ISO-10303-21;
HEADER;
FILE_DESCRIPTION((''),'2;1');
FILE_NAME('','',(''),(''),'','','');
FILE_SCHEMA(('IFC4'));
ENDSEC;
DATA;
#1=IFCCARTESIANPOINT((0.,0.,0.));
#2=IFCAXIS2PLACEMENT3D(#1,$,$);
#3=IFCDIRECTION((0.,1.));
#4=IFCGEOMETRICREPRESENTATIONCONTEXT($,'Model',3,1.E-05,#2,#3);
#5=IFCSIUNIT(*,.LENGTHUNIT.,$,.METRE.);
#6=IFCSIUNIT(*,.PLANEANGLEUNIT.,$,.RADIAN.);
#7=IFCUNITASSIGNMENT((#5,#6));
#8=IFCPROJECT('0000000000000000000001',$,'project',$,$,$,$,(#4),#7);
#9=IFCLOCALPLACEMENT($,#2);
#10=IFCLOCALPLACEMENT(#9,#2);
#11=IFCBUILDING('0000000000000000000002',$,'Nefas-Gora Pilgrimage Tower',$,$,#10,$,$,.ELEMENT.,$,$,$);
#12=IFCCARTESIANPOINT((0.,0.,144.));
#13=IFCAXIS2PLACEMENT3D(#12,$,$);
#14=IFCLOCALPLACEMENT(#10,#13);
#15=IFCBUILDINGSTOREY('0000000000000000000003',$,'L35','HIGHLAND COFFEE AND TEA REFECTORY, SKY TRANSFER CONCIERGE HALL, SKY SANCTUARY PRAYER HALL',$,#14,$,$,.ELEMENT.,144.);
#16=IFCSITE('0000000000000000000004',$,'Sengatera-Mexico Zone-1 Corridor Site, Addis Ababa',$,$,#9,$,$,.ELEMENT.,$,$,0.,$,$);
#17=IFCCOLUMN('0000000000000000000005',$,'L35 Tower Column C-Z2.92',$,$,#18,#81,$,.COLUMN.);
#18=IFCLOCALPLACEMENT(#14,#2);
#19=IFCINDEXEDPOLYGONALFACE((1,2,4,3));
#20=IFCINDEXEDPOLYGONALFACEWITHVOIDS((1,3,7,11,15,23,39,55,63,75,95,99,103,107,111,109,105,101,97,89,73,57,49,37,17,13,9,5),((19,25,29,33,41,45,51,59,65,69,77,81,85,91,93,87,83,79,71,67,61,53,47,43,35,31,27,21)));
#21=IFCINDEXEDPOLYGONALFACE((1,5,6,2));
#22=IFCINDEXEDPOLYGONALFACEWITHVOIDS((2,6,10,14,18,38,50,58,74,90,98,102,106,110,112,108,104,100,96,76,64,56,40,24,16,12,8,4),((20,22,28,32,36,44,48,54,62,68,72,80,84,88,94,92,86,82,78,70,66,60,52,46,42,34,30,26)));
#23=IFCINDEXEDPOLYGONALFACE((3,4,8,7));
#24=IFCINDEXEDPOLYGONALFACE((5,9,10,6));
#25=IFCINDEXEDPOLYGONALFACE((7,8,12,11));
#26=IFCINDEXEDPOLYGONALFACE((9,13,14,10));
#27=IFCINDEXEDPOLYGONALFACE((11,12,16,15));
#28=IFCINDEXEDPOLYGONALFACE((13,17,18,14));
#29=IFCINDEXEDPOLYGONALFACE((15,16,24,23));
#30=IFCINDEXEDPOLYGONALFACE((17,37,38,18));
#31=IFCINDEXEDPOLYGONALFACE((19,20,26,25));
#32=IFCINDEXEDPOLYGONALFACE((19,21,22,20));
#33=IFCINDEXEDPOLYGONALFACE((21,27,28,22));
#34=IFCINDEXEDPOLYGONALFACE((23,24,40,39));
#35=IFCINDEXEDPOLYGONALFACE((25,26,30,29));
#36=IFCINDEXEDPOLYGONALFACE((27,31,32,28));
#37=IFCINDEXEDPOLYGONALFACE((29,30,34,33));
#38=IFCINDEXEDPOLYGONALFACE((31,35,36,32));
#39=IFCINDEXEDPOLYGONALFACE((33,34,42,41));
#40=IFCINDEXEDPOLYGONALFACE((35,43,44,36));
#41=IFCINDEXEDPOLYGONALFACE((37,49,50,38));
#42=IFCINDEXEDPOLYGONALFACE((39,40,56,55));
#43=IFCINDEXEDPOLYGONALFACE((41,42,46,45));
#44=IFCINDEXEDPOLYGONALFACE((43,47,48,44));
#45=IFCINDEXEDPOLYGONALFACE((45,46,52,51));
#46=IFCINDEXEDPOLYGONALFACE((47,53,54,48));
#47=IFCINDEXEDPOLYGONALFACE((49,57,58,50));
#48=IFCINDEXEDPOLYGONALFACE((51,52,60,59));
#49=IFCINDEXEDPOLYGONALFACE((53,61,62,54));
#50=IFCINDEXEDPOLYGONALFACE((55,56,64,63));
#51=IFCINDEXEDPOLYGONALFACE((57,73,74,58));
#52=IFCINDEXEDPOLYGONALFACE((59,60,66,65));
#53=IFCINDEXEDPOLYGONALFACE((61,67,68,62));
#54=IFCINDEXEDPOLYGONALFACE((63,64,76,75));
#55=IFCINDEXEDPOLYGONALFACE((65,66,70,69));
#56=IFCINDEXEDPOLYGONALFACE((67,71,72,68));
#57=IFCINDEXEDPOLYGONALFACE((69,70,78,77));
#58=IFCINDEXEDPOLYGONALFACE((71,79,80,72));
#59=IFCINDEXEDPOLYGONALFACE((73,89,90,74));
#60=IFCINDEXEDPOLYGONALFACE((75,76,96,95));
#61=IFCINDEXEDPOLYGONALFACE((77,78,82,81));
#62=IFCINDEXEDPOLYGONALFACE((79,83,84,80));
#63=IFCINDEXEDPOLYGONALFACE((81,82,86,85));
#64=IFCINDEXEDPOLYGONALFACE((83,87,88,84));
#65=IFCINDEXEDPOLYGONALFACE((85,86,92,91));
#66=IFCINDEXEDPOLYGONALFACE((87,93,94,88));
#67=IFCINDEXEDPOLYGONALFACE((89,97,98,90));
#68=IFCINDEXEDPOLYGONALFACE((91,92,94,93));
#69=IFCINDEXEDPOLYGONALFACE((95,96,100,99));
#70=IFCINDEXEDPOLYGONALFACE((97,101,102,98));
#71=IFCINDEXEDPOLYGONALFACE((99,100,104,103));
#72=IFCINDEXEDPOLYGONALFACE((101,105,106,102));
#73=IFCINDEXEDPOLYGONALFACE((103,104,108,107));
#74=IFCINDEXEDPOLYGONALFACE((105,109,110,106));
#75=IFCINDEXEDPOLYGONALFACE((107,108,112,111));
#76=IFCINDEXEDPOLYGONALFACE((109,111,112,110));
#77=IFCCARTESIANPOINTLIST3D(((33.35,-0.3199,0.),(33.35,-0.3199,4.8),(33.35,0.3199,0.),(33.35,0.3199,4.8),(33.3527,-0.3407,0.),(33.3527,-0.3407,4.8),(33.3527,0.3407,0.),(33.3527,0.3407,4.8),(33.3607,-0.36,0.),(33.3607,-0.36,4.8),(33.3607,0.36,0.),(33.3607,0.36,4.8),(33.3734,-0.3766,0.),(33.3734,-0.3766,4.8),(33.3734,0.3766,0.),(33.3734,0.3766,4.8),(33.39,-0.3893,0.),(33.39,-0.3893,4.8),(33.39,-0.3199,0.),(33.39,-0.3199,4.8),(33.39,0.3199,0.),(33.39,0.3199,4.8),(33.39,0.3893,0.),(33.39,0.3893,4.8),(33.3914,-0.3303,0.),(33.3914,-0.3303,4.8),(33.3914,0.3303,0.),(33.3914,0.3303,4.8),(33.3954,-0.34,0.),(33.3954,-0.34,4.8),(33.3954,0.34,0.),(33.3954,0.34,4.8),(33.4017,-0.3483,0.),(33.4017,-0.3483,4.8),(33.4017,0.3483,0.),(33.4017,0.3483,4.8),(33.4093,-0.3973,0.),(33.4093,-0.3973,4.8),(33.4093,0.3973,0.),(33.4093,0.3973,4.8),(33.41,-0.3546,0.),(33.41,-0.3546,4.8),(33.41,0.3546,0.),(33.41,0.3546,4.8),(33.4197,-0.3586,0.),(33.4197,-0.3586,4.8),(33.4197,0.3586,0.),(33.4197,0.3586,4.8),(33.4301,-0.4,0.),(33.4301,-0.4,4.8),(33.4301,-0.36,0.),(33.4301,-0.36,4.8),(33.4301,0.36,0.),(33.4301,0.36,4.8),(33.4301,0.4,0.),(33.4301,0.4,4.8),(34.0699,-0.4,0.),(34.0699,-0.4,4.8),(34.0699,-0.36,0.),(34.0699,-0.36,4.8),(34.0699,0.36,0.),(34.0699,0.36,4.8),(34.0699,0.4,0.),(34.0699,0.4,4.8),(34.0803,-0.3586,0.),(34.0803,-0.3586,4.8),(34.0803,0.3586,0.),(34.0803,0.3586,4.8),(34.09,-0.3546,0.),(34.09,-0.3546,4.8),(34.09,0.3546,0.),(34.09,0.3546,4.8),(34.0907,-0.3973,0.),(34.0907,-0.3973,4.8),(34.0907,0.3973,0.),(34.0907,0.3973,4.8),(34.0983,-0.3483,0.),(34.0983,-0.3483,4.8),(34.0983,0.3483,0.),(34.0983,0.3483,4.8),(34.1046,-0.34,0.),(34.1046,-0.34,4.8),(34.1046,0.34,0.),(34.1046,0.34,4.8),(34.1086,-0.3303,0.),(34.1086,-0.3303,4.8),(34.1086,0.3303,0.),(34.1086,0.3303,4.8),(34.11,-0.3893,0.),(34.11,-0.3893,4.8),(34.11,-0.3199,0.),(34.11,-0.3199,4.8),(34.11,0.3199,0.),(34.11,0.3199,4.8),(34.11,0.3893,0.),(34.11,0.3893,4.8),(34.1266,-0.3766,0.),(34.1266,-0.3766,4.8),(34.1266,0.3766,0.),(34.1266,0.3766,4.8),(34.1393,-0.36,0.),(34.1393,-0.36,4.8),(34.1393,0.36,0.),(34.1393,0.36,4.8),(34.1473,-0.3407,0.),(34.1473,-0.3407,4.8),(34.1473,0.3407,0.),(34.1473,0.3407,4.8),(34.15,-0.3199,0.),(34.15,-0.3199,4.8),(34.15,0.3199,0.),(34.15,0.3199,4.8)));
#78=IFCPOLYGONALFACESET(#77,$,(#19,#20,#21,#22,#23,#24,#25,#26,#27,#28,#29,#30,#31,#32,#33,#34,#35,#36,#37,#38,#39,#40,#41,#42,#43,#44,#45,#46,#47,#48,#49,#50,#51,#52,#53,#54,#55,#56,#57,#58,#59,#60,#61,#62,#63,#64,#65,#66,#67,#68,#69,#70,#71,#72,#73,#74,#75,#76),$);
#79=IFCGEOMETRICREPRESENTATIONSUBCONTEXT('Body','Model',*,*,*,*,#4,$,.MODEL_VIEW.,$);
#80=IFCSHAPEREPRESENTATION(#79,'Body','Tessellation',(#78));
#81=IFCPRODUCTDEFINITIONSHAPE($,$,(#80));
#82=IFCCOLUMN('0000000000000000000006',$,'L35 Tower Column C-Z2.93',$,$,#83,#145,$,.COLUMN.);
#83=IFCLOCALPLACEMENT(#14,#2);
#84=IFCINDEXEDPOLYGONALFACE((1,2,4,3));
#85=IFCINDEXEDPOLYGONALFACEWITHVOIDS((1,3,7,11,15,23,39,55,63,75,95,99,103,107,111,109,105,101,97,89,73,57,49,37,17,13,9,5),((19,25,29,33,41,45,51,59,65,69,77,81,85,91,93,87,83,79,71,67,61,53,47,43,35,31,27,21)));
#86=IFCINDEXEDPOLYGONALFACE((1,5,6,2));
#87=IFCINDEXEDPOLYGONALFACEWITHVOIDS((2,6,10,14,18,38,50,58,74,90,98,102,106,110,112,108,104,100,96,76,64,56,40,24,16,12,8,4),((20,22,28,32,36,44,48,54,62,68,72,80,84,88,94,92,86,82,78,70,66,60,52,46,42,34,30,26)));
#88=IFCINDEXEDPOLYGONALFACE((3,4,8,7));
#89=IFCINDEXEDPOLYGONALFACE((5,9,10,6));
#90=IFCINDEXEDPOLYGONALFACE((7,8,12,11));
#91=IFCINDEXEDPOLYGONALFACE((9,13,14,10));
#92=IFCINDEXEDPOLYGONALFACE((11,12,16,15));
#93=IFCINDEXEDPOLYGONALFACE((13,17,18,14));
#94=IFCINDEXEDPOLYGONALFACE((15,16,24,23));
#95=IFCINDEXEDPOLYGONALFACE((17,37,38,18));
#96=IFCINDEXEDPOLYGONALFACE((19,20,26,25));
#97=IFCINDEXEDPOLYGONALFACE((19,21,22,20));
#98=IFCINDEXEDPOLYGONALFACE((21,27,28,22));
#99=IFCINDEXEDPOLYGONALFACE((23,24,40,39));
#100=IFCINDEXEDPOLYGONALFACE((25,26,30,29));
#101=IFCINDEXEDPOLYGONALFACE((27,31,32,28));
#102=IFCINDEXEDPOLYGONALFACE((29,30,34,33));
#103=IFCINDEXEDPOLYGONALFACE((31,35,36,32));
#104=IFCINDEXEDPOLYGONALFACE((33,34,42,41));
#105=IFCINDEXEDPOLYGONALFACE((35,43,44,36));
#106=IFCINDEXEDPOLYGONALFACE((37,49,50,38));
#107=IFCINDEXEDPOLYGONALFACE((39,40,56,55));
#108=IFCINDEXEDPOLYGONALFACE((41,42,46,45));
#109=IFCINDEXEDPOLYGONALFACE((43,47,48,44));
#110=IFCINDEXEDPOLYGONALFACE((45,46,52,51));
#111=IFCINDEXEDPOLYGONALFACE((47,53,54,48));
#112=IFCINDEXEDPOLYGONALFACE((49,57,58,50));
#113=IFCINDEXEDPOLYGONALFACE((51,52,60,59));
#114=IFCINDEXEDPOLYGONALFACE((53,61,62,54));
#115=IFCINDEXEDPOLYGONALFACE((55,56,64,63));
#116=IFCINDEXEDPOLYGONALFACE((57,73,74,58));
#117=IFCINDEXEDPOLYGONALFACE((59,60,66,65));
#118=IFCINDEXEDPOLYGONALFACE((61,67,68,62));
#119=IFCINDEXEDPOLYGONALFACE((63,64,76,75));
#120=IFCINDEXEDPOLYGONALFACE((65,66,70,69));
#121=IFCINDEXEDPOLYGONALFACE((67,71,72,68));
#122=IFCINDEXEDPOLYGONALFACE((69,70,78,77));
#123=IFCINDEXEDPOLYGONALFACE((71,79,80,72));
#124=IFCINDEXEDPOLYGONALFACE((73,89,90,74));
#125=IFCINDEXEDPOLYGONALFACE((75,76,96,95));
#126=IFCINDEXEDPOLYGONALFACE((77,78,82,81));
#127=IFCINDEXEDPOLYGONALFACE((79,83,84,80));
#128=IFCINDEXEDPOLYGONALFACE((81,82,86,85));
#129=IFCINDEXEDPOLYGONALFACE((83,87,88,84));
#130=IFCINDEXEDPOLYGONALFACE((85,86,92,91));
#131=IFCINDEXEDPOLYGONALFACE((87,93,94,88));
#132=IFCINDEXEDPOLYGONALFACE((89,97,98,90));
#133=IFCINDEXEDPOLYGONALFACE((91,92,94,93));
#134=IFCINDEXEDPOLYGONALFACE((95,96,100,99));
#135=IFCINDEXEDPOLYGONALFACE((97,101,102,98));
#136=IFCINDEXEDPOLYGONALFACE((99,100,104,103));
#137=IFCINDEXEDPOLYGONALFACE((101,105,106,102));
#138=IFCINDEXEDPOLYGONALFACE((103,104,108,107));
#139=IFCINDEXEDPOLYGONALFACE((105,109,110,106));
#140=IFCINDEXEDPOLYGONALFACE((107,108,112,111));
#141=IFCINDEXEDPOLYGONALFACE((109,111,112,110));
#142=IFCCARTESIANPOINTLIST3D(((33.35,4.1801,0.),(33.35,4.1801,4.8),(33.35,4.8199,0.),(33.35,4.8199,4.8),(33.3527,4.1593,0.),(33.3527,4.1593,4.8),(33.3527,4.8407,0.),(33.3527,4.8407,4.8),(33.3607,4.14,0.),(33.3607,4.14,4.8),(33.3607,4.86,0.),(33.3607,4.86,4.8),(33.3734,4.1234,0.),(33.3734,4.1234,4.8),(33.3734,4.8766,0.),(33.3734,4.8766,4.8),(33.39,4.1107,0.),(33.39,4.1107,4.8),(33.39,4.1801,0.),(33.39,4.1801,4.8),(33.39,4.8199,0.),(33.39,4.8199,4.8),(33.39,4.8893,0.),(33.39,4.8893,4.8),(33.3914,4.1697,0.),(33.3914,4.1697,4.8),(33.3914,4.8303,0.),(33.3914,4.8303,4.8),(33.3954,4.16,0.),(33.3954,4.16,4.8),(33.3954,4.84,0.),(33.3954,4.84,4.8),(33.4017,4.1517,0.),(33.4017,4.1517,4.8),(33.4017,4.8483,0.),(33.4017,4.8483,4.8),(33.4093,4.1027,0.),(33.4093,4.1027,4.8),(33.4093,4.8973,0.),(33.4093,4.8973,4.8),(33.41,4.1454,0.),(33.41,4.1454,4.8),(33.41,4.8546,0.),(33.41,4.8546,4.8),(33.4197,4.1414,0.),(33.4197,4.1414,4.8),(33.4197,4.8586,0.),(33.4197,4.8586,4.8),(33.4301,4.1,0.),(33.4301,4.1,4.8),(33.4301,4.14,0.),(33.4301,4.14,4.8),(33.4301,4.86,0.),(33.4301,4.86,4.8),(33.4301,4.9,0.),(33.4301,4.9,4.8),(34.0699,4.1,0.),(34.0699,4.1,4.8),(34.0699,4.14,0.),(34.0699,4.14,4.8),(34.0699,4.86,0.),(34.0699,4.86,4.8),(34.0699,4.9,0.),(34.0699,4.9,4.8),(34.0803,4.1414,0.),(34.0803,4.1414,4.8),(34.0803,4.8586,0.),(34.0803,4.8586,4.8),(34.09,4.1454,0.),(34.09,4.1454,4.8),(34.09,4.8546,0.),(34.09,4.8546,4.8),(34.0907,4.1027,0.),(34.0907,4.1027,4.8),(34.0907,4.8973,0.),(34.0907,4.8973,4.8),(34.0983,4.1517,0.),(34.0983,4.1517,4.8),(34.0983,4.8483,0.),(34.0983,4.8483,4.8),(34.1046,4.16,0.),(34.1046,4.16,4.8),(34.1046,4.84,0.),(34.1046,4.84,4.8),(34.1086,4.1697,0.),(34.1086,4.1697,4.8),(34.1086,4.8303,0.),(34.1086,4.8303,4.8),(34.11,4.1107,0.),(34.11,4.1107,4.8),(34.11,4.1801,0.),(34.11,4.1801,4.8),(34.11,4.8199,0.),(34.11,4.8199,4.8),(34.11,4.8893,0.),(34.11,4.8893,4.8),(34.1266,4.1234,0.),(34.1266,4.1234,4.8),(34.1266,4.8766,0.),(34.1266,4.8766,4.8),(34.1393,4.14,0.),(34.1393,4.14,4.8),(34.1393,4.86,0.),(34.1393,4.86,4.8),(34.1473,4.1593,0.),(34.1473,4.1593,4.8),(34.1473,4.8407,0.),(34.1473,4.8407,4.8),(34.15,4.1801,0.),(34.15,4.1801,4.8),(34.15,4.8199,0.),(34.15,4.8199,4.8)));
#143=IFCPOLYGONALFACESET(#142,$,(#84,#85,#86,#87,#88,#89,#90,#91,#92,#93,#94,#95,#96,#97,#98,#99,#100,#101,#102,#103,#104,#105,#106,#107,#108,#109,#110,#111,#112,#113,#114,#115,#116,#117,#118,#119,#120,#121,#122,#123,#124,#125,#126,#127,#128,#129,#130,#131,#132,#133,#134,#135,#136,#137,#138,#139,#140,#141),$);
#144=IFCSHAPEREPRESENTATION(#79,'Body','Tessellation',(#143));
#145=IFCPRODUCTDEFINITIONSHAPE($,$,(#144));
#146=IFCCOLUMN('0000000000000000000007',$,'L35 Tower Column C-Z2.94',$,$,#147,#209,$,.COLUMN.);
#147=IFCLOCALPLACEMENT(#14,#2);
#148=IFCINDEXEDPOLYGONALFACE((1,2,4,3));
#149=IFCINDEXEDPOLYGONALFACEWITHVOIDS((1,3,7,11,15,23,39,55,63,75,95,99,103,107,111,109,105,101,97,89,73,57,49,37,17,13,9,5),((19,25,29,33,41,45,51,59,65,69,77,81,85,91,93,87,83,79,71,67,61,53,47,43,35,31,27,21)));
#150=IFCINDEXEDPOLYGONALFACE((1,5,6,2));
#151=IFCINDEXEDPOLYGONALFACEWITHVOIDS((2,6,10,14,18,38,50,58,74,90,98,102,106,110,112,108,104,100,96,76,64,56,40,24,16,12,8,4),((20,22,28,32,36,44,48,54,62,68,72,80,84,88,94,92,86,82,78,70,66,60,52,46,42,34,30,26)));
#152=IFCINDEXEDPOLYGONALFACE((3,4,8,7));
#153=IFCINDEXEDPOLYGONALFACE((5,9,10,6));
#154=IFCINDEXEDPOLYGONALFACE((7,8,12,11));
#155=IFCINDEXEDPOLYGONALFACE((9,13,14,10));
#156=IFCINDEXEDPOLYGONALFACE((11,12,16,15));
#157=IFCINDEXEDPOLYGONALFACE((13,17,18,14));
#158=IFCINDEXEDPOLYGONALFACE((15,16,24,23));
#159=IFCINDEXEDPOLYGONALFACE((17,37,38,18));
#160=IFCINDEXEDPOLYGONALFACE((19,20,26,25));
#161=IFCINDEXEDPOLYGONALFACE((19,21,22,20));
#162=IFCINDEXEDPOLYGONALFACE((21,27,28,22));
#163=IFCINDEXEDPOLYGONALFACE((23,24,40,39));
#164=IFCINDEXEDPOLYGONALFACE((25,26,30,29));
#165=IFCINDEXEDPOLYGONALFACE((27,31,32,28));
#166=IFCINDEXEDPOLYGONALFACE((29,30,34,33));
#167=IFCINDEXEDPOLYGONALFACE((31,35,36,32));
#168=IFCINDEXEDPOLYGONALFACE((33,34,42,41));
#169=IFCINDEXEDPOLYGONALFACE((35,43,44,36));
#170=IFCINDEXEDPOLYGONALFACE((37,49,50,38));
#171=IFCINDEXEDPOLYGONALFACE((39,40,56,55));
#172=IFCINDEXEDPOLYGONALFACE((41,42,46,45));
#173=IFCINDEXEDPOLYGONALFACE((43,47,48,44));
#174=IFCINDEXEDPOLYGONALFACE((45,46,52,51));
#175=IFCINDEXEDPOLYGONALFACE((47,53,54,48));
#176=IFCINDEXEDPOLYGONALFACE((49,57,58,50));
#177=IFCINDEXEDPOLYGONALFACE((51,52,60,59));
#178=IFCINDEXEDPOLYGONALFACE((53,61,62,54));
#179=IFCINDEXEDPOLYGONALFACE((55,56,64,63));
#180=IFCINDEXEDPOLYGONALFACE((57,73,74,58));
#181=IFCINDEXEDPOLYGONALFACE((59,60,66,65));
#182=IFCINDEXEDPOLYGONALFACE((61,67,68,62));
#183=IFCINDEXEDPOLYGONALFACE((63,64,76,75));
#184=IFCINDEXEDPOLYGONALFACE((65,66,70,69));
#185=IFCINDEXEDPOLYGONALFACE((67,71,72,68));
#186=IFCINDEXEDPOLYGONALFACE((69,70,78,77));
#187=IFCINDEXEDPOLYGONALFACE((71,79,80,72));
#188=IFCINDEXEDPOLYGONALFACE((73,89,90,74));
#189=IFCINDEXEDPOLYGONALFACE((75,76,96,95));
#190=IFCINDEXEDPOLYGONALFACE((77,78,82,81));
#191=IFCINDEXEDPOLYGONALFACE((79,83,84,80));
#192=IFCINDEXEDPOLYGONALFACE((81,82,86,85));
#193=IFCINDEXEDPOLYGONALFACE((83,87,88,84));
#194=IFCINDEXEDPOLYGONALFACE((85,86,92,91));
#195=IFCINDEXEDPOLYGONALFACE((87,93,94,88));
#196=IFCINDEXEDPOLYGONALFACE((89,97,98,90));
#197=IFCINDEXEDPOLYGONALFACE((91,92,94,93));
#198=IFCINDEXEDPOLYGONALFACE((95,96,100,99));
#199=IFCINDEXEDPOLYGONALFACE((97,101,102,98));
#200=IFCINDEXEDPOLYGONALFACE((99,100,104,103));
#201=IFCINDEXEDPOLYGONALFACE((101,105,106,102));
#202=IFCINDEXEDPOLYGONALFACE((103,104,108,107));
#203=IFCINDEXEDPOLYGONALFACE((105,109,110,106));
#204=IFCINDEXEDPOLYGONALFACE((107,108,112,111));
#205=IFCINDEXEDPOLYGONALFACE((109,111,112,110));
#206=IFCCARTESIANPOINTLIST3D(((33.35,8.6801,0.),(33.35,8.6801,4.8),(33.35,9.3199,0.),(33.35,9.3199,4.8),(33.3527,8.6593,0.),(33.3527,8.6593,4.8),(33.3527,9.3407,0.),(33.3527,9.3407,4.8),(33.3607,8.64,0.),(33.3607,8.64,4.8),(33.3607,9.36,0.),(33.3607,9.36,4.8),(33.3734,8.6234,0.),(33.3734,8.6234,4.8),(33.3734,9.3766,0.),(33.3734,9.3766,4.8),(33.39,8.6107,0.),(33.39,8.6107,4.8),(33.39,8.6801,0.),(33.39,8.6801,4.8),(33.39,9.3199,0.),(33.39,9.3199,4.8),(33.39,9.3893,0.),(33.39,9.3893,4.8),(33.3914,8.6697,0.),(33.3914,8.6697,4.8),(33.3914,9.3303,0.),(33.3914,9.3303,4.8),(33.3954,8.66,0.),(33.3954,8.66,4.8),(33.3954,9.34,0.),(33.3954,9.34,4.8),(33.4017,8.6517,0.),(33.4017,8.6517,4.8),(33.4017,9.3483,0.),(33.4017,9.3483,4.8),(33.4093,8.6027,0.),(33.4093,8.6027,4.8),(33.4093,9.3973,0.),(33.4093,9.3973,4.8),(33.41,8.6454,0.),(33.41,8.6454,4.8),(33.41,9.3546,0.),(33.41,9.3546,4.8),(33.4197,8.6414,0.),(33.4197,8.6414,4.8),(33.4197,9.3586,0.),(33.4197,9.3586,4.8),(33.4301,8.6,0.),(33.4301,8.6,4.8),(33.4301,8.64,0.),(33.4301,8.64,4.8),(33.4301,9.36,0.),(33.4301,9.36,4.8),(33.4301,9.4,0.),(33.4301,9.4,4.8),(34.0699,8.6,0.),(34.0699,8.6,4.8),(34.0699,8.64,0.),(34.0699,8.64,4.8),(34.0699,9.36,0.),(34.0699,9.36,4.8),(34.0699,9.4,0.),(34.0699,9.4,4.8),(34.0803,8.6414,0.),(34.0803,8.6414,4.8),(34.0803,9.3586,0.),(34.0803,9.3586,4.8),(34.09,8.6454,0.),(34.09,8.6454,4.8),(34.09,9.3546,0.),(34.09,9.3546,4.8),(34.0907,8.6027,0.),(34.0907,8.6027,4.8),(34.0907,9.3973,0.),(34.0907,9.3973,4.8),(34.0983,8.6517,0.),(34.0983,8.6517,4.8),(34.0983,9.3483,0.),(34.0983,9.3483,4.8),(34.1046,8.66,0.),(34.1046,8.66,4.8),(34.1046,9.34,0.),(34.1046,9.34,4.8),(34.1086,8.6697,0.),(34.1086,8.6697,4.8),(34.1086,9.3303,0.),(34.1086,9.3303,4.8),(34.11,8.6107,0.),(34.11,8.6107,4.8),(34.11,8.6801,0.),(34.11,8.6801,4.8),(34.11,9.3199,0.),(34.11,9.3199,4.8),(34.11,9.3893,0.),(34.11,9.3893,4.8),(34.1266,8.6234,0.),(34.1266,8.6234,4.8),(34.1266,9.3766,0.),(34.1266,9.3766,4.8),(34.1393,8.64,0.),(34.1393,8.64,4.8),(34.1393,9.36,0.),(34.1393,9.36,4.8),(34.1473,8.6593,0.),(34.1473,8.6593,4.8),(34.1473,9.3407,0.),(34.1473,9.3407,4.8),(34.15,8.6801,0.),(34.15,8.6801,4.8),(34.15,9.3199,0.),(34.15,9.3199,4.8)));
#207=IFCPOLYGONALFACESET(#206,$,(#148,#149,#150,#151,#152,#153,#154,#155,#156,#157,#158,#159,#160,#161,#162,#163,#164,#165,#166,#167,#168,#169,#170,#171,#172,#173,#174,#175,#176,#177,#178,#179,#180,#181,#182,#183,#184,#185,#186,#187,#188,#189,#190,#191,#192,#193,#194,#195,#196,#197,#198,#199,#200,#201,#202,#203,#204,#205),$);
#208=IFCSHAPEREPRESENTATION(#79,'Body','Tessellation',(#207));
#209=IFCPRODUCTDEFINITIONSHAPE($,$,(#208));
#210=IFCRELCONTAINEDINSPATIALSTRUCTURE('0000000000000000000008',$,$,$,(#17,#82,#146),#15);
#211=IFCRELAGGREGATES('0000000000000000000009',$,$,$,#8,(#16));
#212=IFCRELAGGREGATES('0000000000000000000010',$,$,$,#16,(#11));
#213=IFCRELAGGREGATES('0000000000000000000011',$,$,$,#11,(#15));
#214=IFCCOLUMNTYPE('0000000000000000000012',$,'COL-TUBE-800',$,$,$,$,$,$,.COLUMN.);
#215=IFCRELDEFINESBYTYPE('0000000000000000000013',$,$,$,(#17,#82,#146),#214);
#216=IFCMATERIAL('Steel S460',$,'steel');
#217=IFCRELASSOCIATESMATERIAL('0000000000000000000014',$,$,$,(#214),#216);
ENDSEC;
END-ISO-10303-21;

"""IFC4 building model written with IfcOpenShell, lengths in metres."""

from ifc_helpers import new_model, si_unit, direction, frame, origin, origin_2d, place, context, subcontext, project, spatial, hollow_rectangle, extrude, source, transform, mapped, material, material_profile, profile_set, type_object, element, save


model = new_model("IFC4")

# Units and contexts
model_context = context("Model", 3, precision=1e-05, world=origin(), true_north=direction((0.0, 1.0)))
body_context = subcontext(model_context, "Body", "Model", "MODEL_VIEW")
ifc_project = project(units=[si_unit("LENGTHUNIT", "METRE"), si_unit("PLANEANGLEUNIT", "RADIAN")], contexts=[model_context])

# Site, building, storey
site_placement = place(None, origin())
site = spatial("IfcSite", under=ifc_project, at=site_placement, Name="Sengatera-Mexico Zone-1 Corridor Site, Addis Ababa", CompositionType="ELEMENT", RefElevation=0.0)
building_placement = place(site_placement, origin())
building = spatial("IfcBuilding", under=site, at=building_placement, Name="Nefas-Gora Pilgrimage Tower", CompositionType="ELEMENT")
storey_placement = place(building_placement, frame((0.0, 0.0, 144.0)))
storey = spatial("IfcBuildingStorey", under=building, at=storey_placement, Name="L35", Description="HIGHLAND COFFEE AND TEA REFECTORY, SKY TRANSFER CONCIERGE HALL, SKY SANCTUARY PRAYER HALL", CompositionType="ELEMENT", Elevation=144.0)

# Columns
ifc_material_1 = material(Name="Steel S460", Category="steel")
ifc_material_profile_1 = material_profile(ifc_material_1, hollow_rectangle(XDim=0.8, YDim=0.8, WallThickness=0.04, InnerFilletRadius=0.04, OuterFilletRadius=0.0801, at=origin_2d()), Name="BOX 800x800x40")
ifc_profile_set_1 = profile_set([ifc_material_profile_1], Name="Steel S460")
column_type_1 = type_object("IfcColumnType", Name="COL-TUBE-800", PredefinedType="COLUMN", material=ifc_profile_set_1)
shared_shape_1 = source(origin(), body_context, "Body", "SweptSolid", [
    extrude(hollow_rectangle(XDim=0.8, YDim=0.8, WallThickness=0.04, InnerFilletRadius=0.04, OuterFilletRadius=0.0801, at=origin_2d()), origin(), (0.0, 0.0, 1.0), 4.8),
])
for number, where, z_axis, x_axis, name in (
    (1, (33.75, 0.0, 0.0), (0.0, 0.0, 1.0), (1.0, 0.0, 0.0), "L35 Tower Column C-Z2.92"),
    (2, (33.75, 4.5, 0.0), (0.0, 0.0, 1.0), (1.0, 0.0, 0.0), "L35 Tower Column C-Z2.93"),
    (3, (33.75, 9.0, 0.0), (0.0, 0.0, 1.0), (1.0, 0.0, 0.0), "L35 Tower Column C-Z2.94"),
):
    element("IfcColumn", number, at=place(storey_placement, frame(where, z_axis=z_axis, x_axis=x_axis)), inside=storey, type_object=column_type_1, Name=name, PredefinedType="COLUMN", context=body_context, shape_type="MappedRepresentation", body=[
        mapped(shared_shape_1, transform((0.0, 0.0, 0.0), x_axis=(1.0, 0.0, 0.0), y_axis=(0.0, 1.0, 0.0), z_axis=(0.0, 0.0, 1.0), scale=1.0)),
    ])

save(model, "model.ifc")
